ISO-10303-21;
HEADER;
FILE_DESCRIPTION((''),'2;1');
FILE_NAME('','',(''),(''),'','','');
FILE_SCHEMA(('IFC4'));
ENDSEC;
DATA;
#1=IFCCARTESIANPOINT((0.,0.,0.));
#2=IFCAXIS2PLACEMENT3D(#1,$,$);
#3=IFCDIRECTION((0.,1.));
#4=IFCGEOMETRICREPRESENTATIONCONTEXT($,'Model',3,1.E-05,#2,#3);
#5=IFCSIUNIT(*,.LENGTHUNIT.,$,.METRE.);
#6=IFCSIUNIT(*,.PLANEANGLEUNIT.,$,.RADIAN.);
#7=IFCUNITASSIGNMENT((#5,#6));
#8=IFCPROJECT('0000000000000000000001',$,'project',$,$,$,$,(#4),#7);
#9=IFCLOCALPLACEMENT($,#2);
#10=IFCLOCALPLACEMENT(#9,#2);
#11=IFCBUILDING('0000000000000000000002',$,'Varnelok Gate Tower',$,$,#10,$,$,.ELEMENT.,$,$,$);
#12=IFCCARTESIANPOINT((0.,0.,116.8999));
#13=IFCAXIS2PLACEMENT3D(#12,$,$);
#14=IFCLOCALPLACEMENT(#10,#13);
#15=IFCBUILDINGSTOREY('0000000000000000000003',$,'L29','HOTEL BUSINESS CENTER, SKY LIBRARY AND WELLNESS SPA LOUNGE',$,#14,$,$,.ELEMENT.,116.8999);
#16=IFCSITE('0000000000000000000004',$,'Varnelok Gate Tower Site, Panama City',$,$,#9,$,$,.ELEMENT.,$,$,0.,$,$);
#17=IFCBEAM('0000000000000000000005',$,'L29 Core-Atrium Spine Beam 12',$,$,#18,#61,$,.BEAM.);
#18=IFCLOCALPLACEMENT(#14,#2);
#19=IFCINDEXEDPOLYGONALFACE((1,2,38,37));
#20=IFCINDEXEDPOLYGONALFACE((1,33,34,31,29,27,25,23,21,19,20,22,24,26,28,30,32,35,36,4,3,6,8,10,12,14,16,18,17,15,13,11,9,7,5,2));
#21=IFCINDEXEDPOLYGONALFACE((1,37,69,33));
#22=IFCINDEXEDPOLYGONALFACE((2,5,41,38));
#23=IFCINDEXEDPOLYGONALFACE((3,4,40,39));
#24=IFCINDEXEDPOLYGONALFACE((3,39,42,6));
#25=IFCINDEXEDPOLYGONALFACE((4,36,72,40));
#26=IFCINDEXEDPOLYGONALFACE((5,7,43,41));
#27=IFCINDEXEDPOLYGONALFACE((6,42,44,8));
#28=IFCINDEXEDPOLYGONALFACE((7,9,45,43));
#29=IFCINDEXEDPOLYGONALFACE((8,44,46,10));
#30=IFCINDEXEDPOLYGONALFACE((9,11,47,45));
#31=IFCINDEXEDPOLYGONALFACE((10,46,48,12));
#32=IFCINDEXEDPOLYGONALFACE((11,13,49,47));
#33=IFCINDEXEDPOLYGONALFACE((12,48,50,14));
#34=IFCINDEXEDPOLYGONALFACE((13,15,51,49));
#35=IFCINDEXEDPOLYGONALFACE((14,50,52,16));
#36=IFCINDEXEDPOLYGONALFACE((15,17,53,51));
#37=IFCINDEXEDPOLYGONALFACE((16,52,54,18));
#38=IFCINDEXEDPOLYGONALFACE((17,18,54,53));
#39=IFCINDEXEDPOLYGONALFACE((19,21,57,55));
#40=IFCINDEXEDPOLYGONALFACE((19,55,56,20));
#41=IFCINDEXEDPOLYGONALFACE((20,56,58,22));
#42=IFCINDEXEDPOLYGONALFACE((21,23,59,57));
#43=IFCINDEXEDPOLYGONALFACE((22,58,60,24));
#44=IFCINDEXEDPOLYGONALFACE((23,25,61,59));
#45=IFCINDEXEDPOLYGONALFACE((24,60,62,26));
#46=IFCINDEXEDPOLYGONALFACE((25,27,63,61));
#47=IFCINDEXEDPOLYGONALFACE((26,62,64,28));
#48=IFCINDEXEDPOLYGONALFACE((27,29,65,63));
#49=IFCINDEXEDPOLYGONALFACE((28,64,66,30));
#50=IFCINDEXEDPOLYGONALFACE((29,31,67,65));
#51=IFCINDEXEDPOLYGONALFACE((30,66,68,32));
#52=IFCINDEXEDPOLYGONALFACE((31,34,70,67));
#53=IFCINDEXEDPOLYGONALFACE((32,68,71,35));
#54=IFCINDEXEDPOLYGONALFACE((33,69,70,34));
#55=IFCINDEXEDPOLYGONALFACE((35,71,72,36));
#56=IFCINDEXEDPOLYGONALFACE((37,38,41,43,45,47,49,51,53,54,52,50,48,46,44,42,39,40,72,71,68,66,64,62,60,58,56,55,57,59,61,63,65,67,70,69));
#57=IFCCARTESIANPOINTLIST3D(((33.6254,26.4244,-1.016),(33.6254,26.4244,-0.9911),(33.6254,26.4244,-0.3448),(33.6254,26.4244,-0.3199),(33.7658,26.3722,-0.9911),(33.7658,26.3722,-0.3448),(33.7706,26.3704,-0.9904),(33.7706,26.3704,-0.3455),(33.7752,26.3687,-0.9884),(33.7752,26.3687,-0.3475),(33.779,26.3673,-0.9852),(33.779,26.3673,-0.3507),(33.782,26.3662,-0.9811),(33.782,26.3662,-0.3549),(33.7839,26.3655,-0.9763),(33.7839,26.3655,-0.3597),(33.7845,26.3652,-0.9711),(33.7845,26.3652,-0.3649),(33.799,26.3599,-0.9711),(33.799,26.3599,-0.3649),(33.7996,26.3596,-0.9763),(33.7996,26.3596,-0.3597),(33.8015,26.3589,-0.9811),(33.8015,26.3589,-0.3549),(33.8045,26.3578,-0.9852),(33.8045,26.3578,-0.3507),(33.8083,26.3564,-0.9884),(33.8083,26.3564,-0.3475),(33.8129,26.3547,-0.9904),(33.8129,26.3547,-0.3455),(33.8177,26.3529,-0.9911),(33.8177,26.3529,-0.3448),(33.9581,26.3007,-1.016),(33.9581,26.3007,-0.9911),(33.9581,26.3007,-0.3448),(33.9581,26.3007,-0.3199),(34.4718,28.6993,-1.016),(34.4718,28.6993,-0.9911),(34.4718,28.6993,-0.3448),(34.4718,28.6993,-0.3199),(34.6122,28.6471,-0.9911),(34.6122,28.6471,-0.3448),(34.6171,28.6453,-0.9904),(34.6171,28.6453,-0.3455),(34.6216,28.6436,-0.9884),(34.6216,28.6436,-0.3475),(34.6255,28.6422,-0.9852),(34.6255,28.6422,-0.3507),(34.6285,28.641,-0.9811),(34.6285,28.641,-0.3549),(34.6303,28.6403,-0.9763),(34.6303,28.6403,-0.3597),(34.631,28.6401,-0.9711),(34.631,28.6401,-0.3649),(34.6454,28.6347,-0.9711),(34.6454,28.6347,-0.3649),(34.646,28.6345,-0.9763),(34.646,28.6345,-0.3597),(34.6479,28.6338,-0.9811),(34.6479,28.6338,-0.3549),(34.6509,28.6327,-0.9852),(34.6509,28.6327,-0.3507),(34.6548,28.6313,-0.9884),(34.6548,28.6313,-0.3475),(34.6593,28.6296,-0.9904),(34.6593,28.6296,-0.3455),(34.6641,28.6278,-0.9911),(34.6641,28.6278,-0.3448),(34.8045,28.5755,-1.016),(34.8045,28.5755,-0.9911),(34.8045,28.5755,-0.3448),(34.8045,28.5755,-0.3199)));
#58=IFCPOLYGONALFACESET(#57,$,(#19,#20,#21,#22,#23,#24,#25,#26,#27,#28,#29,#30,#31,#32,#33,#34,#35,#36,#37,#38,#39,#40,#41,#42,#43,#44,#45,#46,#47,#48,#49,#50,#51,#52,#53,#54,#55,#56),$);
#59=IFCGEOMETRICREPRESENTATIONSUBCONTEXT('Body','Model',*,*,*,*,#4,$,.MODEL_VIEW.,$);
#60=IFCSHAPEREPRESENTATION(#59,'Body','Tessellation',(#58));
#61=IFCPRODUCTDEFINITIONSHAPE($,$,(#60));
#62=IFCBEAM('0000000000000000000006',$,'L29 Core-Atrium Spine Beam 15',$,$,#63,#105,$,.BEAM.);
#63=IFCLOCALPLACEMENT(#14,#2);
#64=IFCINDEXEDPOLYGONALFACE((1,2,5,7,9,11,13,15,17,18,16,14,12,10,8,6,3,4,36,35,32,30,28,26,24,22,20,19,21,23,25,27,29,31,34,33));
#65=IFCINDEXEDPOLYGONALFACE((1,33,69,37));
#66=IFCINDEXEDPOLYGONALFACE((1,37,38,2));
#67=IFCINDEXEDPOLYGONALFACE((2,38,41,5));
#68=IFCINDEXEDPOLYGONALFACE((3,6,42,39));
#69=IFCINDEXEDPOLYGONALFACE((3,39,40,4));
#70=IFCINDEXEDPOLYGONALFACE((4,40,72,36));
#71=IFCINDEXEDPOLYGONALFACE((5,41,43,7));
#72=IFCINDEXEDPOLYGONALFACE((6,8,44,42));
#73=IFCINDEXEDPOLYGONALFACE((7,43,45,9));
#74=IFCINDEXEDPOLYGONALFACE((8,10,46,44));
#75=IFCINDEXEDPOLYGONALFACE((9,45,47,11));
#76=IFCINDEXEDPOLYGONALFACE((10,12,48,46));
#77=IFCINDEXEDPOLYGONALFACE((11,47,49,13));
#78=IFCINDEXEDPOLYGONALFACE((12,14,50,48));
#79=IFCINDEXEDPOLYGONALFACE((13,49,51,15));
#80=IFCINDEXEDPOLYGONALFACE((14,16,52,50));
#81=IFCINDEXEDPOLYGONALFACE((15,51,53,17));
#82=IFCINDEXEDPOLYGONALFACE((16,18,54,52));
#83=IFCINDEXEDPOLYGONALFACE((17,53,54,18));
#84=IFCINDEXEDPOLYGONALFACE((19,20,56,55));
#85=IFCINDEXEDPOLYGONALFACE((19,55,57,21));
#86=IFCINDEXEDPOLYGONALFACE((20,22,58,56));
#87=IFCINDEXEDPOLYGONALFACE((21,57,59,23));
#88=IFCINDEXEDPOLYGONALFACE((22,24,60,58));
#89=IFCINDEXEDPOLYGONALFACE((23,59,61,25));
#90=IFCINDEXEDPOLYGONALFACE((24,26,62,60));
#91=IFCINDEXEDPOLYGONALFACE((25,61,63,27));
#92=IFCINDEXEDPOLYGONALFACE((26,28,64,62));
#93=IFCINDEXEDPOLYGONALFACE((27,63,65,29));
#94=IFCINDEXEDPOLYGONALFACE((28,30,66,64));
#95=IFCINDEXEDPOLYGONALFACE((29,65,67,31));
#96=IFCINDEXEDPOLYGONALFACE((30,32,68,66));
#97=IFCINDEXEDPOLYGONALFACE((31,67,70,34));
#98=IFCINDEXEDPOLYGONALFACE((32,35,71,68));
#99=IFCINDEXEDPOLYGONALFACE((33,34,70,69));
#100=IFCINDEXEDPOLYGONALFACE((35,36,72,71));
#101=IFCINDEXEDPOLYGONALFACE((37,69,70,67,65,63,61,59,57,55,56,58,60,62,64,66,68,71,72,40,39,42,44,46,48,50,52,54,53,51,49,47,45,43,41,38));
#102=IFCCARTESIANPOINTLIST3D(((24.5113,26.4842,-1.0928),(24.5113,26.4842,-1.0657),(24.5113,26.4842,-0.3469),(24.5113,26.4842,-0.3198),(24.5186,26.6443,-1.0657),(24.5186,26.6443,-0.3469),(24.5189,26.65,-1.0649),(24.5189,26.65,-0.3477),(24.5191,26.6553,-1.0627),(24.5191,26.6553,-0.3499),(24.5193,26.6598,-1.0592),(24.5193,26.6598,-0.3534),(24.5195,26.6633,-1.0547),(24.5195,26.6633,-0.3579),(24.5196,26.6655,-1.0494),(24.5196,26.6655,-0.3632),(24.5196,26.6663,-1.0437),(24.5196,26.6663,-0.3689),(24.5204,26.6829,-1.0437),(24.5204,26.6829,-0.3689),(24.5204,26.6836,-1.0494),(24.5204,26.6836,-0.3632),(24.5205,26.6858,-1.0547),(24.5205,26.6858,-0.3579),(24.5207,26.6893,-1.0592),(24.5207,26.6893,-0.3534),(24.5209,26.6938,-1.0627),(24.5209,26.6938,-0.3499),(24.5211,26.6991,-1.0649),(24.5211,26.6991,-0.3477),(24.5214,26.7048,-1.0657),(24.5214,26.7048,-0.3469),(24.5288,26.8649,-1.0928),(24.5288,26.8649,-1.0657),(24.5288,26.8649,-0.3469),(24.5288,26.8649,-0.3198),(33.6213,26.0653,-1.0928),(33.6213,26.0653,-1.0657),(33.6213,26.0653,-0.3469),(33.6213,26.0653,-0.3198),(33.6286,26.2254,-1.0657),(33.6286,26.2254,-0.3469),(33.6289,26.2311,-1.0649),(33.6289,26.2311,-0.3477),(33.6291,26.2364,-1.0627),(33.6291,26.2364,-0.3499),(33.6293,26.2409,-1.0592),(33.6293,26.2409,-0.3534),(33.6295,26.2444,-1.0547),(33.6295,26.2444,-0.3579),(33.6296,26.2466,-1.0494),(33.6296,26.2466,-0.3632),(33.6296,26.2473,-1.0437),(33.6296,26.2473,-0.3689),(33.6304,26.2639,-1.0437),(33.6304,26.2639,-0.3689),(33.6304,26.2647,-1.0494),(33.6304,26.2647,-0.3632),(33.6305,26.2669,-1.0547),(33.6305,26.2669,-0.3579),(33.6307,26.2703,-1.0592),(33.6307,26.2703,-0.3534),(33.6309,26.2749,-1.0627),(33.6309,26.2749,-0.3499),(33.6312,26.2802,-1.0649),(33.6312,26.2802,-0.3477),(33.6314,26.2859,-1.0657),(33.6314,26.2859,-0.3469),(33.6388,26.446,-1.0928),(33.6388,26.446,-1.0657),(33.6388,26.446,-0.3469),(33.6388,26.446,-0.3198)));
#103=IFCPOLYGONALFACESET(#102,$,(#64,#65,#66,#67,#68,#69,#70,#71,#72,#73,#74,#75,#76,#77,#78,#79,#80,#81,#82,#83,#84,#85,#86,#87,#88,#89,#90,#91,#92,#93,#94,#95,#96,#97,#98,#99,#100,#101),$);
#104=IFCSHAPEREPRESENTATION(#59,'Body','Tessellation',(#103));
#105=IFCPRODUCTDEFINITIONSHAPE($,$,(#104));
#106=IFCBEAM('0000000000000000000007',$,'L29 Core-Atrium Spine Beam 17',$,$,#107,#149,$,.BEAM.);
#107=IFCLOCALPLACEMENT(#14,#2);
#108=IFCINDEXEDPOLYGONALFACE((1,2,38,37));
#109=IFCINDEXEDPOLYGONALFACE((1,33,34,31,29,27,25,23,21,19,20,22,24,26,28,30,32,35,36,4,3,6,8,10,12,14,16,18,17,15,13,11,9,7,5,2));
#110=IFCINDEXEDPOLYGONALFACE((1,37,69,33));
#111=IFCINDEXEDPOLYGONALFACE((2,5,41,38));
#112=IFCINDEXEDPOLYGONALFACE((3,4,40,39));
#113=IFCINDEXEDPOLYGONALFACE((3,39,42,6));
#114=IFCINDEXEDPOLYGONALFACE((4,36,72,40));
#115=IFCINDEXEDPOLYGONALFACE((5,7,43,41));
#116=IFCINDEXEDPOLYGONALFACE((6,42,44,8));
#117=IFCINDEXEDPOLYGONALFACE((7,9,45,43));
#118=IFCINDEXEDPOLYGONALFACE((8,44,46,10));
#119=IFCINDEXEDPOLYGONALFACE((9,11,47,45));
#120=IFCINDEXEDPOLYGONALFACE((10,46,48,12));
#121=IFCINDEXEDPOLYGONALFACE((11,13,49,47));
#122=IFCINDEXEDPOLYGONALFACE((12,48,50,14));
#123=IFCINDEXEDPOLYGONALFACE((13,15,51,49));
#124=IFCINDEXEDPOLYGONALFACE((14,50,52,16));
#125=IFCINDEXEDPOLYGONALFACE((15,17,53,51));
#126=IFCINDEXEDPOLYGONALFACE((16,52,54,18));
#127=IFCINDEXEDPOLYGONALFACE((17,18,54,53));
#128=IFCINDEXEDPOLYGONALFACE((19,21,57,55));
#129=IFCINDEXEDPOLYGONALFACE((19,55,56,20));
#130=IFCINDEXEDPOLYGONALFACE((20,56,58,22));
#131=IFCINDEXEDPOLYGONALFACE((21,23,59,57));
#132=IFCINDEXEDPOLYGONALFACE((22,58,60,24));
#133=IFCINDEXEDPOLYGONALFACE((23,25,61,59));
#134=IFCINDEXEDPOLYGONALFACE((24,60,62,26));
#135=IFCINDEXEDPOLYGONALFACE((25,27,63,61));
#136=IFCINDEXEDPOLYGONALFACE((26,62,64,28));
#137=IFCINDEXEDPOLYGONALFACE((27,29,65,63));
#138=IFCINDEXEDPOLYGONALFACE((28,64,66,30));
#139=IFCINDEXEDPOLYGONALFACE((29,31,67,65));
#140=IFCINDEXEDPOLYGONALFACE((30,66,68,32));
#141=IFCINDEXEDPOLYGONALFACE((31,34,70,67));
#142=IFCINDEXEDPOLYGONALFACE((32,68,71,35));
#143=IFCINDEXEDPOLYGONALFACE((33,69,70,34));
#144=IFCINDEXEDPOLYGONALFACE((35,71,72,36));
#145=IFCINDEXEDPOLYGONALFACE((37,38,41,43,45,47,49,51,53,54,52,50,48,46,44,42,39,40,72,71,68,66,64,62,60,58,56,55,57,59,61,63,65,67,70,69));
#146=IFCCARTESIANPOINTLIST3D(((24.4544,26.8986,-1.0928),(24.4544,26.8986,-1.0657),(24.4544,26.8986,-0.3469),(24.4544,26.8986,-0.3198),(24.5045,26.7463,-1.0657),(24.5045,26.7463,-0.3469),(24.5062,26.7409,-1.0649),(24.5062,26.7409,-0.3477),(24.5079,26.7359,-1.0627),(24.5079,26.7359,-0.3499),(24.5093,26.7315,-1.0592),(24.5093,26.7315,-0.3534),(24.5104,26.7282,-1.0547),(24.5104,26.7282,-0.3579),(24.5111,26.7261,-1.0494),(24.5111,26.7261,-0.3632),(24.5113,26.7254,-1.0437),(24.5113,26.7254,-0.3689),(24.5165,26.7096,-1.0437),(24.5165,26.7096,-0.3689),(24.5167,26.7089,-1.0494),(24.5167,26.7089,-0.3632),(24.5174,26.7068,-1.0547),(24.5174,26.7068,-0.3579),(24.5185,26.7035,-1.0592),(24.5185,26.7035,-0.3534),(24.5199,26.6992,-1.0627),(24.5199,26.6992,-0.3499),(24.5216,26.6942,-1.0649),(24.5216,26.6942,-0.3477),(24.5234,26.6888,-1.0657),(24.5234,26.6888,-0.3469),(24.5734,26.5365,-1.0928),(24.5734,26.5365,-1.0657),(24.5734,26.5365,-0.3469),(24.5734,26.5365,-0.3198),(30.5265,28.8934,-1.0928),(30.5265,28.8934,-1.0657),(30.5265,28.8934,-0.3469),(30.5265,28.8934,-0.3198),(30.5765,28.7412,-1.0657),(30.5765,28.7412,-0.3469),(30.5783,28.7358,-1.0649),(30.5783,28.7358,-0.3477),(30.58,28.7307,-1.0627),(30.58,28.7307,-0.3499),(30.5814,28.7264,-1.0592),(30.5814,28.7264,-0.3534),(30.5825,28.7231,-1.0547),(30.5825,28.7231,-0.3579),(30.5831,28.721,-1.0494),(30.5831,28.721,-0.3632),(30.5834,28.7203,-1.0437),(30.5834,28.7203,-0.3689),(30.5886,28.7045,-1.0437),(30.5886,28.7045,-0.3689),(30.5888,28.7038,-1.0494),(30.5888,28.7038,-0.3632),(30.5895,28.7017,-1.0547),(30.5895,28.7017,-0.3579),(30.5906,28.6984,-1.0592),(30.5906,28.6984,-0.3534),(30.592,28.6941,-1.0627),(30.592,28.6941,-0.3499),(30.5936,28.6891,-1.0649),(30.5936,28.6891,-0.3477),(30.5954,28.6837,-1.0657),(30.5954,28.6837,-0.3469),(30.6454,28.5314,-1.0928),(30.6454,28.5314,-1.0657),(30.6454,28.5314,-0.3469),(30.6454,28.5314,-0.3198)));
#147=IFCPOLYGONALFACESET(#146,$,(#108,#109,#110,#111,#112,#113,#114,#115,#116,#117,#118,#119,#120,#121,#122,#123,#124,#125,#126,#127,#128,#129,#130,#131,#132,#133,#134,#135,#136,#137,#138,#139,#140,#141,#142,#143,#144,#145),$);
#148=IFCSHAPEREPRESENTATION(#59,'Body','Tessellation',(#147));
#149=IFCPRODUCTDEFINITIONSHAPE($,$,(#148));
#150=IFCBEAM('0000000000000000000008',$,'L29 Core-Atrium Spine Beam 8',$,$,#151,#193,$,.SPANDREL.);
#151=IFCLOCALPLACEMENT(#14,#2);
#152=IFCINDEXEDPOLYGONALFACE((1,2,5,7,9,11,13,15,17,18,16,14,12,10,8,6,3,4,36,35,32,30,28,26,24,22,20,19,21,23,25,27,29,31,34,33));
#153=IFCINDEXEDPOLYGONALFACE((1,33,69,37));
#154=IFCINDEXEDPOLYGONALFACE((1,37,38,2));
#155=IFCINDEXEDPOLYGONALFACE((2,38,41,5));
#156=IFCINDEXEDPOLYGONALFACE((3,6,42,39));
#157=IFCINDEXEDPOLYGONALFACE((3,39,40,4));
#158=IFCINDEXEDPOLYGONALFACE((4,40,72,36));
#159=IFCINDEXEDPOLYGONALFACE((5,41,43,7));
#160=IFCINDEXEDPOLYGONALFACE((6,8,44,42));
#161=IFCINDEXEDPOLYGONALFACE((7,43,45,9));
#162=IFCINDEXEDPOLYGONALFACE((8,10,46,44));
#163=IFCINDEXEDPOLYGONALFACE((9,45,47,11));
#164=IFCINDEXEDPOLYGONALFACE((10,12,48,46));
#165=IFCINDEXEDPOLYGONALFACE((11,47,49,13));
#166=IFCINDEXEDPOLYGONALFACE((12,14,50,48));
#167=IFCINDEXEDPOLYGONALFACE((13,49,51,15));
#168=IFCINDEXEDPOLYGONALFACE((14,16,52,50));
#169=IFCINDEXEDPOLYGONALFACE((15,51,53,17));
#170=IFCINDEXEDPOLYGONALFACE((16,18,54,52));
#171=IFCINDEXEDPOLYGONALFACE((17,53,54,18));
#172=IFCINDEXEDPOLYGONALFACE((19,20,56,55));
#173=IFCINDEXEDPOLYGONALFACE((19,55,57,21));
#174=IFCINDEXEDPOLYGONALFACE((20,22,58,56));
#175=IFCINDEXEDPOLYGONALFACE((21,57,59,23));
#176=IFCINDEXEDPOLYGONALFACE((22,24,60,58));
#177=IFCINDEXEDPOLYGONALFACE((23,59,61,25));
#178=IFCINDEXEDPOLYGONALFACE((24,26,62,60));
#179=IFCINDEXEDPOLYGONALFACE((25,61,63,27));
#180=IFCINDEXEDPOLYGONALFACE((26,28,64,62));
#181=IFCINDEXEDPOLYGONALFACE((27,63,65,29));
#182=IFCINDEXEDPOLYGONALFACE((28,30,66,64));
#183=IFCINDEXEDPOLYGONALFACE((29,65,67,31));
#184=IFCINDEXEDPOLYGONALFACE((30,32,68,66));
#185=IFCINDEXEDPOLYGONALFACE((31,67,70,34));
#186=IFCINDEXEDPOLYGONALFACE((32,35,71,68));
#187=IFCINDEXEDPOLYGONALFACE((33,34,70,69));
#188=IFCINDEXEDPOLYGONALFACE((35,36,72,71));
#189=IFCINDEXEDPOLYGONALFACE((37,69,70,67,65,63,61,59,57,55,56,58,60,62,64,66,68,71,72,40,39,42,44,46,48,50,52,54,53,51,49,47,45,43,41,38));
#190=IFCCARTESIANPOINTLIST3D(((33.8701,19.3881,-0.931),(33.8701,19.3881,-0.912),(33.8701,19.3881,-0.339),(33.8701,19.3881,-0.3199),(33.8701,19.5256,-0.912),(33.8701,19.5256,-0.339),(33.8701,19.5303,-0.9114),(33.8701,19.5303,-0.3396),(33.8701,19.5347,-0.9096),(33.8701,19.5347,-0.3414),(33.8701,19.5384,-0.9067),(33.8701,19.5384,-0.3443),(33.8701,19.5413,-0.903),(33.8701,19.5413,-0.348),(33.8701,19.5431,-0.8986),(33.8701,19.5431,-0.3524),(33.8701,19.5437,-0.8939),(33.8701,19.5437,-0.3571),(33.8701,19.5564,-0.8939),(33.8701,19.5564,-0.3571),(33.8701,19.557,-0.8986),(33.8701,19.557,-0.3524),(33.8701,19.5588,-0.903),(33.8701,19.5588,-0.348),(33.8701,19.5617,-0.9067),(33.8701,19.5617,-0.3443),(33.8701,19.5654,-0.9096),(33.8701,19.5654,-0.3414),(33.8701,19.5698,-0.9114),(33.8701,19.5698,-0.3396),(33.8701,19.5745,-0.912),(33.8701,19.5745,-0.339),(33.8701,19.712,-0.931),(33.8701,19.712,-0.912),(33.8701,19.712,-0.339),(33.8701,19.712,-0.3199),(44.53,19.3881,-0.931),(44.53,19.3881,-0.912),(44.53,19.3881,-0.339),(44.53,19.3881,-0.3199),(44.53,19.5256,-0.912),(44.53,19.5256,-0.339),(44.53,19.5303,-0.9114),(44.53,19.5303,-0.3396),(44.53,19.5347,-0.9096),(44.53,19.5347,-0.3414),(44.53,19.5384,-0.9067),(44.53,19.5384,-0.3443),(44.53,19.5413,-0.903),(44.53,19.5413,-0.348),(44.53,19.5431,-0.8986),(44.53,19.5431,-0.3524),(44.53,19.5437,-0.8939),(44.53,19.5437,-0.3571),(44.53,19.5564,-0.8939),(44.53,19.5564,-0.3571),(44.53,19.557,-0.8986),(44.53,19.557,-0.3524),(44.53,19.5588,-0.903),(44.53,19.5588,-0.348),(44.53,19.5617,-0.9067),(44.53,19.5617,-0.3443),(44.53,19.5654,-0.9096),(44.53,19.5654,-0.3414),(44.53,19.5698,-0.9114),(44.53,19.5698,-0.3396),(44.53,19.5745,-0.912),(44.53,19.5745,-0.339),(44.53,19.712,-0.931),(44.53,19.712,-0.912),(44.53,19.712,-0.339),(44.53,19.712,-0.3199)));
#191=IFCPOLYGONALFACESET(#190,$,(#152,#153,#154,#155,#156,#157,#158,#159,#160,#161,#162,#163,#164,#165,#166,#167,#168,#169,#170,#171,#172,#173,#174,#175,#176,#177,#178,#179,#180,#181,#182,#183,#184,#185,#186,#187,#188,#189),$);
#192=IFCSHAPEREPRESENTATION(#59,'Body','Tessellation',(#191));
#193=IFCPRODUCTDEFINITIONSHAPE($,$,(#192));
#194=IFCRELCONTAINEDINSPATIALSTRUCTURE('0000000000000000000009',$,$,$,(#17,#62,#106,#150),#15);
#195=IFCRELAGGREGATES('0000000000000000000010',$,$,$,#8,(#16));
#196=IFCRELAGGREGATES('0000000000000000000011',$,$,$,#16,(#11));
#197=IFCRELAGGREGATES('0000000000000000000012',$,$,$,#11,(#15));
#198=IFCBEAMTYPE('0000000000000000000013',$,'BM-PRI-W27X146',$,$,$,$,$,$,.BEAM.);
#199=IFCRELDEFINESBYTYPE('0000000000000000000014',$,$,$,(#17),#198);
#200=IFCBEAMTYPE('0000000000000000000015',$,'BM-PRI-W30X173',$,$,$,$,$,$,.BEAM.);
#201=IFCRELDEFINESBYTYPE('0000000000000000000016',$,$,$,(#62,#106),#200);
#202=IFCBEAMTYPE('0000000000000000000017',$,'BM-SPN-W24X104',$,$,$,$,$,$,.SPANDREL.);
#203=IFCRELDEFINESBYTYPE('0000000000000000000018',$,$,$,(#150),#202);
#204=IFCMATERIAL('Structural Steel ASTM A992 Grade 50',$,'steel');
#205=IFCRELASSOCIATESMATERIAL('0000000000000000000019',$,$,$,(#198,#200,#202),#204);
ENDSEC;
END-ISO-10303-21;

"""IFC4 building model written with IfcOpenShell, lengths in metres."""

from ifc_helpers import new_model, si_unit, direction, frame, origin, origin_2d, place, context, subcontext, project, spatial, i_section, extrude, material, material_profile, profile_set, type_object, element, save


model = new_model("IFC4")

# Units and contexts
model_context = context("Model", 3, precision=1e-05, world=origin(), true_north=direction((0.0, 1.0)))
body_context = subcontext(model_context, "Body", "Model", "MODEL_VIEW")
ifc_project = project(units=[si_unit("LENGTHUNIT", "METRE"), si_unit("PLANEANGLEUNIT", "RADIAN")], contexts=[model_context])

# Site, building, storey
site_placement = place(None, origin())
site = spatial("IfcSite", under=ifc_project, at=site_placement, Name="Varnelok Gate Tower Site, Panama City", CompositionType="ELEMENT", RefElevation=0.0)
building_placement = place(site_placement, origin())
building = spatial("IfcBuilding", under=site, at=building_placement, Name="Varnelok Gate Tower", CompositionType="ELEMENT")
storey_placement = place(building_placement, frame((0.0, 0.0, 116.8999)))
storey = spatial("IfcBuildingStorey", under=building, at=storey_placement, Name="L29", Description="HOTEL BUSINESS CENTER, SKY LIBRARY AND WELLNESS SPA LOUNGE", CompositionType="ELEMENT", Elevation=116.8999)

# Shared definitions
ifc_material_1 = material(Name="Structural Steel ASTM A992 Grade 50", Category="steel")

# Beams
ifc_material_profile_1 = material_profile(ifc_material_1, i_section(OverallWidth=0.355, OverallDepth=0.696, WebThickness=0.0154, FlangeThickness=0.0249, FilletRadius=0.02, at=origin_2d()), Name="W27X146")
ifc_profile_set_1 = profile_set([ifc_material_profile_1], Name="Structural Steel ASTM A992 Grade 50")
beam_type_1 = type_object("IfcBeamType", Name="BM-PRI-W27X146", PredefinedType="BEAM", material=ifc_profile_set_1)
beam_1_placement = place(storey_placement, frame((33.7917, 26.3625, -0.668), z_axis=(0.348719, 0.937227, 0.0), x_axis=(-0.937227, 0.348719, 0.0)))
element("IfcBeam", 1, at=beam_1_placement, inside=storey, type_object=beam_type_1, Name="L29 Core-Atrium Spine Beam 12", PredefinedType="BEAM", context=body_context, shape_type="SweptSolid", body=[
    extrude(i_section(OverallWidth=0.355, OverallDepth=0.696, WebThickness=0.0154, FlangeThickness=0.0249, FilletRadius=0.02, at=origin_2d()), origin(), (0.0, 0.0, 1.0), 2.4272),
])
ifc_material_profile_2 = material_profile(ifc_material_1, i_section(OverallWidth=0.3811, OverallDepth=0.7729, WebThickness=0.0166, FlangeThickness=0.0271, FilletRadius=0.022, at=origin_2d()), Name="W30X173")
ifc_profile_set_2 = profile_set([ifc_material_profile_2], Name="Structural Steel ASTM A992 Grade 50")
beam_type_2 = type_object("IfcBeamType", Name="BM-PRI-W30X173", PredefinedType="BEAM", material=ifc_profile_set_2)
beam_2_placement = place(storey_placement, frame((24.52, 26.6746, -0.7063), z_axis=(0.998944, -0.045938, 0.0), x_axis=(0.045938, 0.998944, 0.0)))
element("IfcBeam", 2, at=beam_2_placement, inside=storey, type_object=beam_type_2, Name="L29 Core-Atrium Spine Beam 15", PredefinedType="BEAM", context=body_context, shape_type="SweptSolid", body=[
    extrude(i_section(OverallWidth=0.3811, OverallDepth=0.7729, WebThickness=0.0166, FlangeThickness=0.0271, FilletRadius=0.022, at=origin_2d()), origin(), (0.0, 0.0, 1.0), 9.1196),
])
beam_3_placement = place(storey_placement, frame((24.5139, 26.7175, -0.7063), z_axis=(0.950042, 0.312122, 0.0), x_axis=(-0.312122, 0.950042, 0.0)))
element("IfcBeam", 3, at=beam_3_placement, inside=storey, type_object=beam_type_2, Name="L29 Core-Atrium Spine Beam 17", PredefinedType="BEAM", context=body_context, shape_type="SweptSolid", body=[
    extrude(i_section(OverallWidth=0.3811, OverallDepth=0.7729, WebThickness=0.0166, FlangeThickness=0.0271, FilletRadius=0.022, at=origin_2d()), origin(), (0.0, 0.0, 1.0), 6.3914),
])
ifc_material_profile_3 = material_profile(ifc_material_1, i_section(OverallWidth=0.324, OverallDepth=0.6111, WebThickness=0.0127, FlangeThickness=0.019, FilletRadius=0.0181, at=origin_2d()), Name="W24X104")
ifc_profile_set_3 = profile_set([ifc_material_profile_3], Name="Structural Steel ASTM A992 Grade 50")
beam_type_3 = type_object("IfcBeamType", Name="BM-SPN-W24X104", PredefinedType="SPANDREL", material=ifc_profile_set_3)
for number, where, z_axis, x_axis, name in (
    (4, (33.8701, 19.55, -0.6255), (1.0, 0.0, 0.0), (0.0, 1.0, 0.0), "L29 Core-Atrium Spine Beam 8"),
):
    element("IfcBeam", number, at=place(storey_placement, frame(where, z_axis=z_axis, x_axis=x_axis)), inside=storey, type_object=beam_type_3, Name=name, PredefinedType="SPANDREL", context=body_context, shape_type="SweptSolid", body=[
        extrude(i_section(OverallWidth=0.324, OverallDepth=0.6111, WebThickness=0.0127, FlangeThickness=0.019, FilletRadius=0.0181, at=origin_2d()), origin(), (0.0, 0.0, 1.0), 10.6599),
    ])

save(model, "model.ifc")
